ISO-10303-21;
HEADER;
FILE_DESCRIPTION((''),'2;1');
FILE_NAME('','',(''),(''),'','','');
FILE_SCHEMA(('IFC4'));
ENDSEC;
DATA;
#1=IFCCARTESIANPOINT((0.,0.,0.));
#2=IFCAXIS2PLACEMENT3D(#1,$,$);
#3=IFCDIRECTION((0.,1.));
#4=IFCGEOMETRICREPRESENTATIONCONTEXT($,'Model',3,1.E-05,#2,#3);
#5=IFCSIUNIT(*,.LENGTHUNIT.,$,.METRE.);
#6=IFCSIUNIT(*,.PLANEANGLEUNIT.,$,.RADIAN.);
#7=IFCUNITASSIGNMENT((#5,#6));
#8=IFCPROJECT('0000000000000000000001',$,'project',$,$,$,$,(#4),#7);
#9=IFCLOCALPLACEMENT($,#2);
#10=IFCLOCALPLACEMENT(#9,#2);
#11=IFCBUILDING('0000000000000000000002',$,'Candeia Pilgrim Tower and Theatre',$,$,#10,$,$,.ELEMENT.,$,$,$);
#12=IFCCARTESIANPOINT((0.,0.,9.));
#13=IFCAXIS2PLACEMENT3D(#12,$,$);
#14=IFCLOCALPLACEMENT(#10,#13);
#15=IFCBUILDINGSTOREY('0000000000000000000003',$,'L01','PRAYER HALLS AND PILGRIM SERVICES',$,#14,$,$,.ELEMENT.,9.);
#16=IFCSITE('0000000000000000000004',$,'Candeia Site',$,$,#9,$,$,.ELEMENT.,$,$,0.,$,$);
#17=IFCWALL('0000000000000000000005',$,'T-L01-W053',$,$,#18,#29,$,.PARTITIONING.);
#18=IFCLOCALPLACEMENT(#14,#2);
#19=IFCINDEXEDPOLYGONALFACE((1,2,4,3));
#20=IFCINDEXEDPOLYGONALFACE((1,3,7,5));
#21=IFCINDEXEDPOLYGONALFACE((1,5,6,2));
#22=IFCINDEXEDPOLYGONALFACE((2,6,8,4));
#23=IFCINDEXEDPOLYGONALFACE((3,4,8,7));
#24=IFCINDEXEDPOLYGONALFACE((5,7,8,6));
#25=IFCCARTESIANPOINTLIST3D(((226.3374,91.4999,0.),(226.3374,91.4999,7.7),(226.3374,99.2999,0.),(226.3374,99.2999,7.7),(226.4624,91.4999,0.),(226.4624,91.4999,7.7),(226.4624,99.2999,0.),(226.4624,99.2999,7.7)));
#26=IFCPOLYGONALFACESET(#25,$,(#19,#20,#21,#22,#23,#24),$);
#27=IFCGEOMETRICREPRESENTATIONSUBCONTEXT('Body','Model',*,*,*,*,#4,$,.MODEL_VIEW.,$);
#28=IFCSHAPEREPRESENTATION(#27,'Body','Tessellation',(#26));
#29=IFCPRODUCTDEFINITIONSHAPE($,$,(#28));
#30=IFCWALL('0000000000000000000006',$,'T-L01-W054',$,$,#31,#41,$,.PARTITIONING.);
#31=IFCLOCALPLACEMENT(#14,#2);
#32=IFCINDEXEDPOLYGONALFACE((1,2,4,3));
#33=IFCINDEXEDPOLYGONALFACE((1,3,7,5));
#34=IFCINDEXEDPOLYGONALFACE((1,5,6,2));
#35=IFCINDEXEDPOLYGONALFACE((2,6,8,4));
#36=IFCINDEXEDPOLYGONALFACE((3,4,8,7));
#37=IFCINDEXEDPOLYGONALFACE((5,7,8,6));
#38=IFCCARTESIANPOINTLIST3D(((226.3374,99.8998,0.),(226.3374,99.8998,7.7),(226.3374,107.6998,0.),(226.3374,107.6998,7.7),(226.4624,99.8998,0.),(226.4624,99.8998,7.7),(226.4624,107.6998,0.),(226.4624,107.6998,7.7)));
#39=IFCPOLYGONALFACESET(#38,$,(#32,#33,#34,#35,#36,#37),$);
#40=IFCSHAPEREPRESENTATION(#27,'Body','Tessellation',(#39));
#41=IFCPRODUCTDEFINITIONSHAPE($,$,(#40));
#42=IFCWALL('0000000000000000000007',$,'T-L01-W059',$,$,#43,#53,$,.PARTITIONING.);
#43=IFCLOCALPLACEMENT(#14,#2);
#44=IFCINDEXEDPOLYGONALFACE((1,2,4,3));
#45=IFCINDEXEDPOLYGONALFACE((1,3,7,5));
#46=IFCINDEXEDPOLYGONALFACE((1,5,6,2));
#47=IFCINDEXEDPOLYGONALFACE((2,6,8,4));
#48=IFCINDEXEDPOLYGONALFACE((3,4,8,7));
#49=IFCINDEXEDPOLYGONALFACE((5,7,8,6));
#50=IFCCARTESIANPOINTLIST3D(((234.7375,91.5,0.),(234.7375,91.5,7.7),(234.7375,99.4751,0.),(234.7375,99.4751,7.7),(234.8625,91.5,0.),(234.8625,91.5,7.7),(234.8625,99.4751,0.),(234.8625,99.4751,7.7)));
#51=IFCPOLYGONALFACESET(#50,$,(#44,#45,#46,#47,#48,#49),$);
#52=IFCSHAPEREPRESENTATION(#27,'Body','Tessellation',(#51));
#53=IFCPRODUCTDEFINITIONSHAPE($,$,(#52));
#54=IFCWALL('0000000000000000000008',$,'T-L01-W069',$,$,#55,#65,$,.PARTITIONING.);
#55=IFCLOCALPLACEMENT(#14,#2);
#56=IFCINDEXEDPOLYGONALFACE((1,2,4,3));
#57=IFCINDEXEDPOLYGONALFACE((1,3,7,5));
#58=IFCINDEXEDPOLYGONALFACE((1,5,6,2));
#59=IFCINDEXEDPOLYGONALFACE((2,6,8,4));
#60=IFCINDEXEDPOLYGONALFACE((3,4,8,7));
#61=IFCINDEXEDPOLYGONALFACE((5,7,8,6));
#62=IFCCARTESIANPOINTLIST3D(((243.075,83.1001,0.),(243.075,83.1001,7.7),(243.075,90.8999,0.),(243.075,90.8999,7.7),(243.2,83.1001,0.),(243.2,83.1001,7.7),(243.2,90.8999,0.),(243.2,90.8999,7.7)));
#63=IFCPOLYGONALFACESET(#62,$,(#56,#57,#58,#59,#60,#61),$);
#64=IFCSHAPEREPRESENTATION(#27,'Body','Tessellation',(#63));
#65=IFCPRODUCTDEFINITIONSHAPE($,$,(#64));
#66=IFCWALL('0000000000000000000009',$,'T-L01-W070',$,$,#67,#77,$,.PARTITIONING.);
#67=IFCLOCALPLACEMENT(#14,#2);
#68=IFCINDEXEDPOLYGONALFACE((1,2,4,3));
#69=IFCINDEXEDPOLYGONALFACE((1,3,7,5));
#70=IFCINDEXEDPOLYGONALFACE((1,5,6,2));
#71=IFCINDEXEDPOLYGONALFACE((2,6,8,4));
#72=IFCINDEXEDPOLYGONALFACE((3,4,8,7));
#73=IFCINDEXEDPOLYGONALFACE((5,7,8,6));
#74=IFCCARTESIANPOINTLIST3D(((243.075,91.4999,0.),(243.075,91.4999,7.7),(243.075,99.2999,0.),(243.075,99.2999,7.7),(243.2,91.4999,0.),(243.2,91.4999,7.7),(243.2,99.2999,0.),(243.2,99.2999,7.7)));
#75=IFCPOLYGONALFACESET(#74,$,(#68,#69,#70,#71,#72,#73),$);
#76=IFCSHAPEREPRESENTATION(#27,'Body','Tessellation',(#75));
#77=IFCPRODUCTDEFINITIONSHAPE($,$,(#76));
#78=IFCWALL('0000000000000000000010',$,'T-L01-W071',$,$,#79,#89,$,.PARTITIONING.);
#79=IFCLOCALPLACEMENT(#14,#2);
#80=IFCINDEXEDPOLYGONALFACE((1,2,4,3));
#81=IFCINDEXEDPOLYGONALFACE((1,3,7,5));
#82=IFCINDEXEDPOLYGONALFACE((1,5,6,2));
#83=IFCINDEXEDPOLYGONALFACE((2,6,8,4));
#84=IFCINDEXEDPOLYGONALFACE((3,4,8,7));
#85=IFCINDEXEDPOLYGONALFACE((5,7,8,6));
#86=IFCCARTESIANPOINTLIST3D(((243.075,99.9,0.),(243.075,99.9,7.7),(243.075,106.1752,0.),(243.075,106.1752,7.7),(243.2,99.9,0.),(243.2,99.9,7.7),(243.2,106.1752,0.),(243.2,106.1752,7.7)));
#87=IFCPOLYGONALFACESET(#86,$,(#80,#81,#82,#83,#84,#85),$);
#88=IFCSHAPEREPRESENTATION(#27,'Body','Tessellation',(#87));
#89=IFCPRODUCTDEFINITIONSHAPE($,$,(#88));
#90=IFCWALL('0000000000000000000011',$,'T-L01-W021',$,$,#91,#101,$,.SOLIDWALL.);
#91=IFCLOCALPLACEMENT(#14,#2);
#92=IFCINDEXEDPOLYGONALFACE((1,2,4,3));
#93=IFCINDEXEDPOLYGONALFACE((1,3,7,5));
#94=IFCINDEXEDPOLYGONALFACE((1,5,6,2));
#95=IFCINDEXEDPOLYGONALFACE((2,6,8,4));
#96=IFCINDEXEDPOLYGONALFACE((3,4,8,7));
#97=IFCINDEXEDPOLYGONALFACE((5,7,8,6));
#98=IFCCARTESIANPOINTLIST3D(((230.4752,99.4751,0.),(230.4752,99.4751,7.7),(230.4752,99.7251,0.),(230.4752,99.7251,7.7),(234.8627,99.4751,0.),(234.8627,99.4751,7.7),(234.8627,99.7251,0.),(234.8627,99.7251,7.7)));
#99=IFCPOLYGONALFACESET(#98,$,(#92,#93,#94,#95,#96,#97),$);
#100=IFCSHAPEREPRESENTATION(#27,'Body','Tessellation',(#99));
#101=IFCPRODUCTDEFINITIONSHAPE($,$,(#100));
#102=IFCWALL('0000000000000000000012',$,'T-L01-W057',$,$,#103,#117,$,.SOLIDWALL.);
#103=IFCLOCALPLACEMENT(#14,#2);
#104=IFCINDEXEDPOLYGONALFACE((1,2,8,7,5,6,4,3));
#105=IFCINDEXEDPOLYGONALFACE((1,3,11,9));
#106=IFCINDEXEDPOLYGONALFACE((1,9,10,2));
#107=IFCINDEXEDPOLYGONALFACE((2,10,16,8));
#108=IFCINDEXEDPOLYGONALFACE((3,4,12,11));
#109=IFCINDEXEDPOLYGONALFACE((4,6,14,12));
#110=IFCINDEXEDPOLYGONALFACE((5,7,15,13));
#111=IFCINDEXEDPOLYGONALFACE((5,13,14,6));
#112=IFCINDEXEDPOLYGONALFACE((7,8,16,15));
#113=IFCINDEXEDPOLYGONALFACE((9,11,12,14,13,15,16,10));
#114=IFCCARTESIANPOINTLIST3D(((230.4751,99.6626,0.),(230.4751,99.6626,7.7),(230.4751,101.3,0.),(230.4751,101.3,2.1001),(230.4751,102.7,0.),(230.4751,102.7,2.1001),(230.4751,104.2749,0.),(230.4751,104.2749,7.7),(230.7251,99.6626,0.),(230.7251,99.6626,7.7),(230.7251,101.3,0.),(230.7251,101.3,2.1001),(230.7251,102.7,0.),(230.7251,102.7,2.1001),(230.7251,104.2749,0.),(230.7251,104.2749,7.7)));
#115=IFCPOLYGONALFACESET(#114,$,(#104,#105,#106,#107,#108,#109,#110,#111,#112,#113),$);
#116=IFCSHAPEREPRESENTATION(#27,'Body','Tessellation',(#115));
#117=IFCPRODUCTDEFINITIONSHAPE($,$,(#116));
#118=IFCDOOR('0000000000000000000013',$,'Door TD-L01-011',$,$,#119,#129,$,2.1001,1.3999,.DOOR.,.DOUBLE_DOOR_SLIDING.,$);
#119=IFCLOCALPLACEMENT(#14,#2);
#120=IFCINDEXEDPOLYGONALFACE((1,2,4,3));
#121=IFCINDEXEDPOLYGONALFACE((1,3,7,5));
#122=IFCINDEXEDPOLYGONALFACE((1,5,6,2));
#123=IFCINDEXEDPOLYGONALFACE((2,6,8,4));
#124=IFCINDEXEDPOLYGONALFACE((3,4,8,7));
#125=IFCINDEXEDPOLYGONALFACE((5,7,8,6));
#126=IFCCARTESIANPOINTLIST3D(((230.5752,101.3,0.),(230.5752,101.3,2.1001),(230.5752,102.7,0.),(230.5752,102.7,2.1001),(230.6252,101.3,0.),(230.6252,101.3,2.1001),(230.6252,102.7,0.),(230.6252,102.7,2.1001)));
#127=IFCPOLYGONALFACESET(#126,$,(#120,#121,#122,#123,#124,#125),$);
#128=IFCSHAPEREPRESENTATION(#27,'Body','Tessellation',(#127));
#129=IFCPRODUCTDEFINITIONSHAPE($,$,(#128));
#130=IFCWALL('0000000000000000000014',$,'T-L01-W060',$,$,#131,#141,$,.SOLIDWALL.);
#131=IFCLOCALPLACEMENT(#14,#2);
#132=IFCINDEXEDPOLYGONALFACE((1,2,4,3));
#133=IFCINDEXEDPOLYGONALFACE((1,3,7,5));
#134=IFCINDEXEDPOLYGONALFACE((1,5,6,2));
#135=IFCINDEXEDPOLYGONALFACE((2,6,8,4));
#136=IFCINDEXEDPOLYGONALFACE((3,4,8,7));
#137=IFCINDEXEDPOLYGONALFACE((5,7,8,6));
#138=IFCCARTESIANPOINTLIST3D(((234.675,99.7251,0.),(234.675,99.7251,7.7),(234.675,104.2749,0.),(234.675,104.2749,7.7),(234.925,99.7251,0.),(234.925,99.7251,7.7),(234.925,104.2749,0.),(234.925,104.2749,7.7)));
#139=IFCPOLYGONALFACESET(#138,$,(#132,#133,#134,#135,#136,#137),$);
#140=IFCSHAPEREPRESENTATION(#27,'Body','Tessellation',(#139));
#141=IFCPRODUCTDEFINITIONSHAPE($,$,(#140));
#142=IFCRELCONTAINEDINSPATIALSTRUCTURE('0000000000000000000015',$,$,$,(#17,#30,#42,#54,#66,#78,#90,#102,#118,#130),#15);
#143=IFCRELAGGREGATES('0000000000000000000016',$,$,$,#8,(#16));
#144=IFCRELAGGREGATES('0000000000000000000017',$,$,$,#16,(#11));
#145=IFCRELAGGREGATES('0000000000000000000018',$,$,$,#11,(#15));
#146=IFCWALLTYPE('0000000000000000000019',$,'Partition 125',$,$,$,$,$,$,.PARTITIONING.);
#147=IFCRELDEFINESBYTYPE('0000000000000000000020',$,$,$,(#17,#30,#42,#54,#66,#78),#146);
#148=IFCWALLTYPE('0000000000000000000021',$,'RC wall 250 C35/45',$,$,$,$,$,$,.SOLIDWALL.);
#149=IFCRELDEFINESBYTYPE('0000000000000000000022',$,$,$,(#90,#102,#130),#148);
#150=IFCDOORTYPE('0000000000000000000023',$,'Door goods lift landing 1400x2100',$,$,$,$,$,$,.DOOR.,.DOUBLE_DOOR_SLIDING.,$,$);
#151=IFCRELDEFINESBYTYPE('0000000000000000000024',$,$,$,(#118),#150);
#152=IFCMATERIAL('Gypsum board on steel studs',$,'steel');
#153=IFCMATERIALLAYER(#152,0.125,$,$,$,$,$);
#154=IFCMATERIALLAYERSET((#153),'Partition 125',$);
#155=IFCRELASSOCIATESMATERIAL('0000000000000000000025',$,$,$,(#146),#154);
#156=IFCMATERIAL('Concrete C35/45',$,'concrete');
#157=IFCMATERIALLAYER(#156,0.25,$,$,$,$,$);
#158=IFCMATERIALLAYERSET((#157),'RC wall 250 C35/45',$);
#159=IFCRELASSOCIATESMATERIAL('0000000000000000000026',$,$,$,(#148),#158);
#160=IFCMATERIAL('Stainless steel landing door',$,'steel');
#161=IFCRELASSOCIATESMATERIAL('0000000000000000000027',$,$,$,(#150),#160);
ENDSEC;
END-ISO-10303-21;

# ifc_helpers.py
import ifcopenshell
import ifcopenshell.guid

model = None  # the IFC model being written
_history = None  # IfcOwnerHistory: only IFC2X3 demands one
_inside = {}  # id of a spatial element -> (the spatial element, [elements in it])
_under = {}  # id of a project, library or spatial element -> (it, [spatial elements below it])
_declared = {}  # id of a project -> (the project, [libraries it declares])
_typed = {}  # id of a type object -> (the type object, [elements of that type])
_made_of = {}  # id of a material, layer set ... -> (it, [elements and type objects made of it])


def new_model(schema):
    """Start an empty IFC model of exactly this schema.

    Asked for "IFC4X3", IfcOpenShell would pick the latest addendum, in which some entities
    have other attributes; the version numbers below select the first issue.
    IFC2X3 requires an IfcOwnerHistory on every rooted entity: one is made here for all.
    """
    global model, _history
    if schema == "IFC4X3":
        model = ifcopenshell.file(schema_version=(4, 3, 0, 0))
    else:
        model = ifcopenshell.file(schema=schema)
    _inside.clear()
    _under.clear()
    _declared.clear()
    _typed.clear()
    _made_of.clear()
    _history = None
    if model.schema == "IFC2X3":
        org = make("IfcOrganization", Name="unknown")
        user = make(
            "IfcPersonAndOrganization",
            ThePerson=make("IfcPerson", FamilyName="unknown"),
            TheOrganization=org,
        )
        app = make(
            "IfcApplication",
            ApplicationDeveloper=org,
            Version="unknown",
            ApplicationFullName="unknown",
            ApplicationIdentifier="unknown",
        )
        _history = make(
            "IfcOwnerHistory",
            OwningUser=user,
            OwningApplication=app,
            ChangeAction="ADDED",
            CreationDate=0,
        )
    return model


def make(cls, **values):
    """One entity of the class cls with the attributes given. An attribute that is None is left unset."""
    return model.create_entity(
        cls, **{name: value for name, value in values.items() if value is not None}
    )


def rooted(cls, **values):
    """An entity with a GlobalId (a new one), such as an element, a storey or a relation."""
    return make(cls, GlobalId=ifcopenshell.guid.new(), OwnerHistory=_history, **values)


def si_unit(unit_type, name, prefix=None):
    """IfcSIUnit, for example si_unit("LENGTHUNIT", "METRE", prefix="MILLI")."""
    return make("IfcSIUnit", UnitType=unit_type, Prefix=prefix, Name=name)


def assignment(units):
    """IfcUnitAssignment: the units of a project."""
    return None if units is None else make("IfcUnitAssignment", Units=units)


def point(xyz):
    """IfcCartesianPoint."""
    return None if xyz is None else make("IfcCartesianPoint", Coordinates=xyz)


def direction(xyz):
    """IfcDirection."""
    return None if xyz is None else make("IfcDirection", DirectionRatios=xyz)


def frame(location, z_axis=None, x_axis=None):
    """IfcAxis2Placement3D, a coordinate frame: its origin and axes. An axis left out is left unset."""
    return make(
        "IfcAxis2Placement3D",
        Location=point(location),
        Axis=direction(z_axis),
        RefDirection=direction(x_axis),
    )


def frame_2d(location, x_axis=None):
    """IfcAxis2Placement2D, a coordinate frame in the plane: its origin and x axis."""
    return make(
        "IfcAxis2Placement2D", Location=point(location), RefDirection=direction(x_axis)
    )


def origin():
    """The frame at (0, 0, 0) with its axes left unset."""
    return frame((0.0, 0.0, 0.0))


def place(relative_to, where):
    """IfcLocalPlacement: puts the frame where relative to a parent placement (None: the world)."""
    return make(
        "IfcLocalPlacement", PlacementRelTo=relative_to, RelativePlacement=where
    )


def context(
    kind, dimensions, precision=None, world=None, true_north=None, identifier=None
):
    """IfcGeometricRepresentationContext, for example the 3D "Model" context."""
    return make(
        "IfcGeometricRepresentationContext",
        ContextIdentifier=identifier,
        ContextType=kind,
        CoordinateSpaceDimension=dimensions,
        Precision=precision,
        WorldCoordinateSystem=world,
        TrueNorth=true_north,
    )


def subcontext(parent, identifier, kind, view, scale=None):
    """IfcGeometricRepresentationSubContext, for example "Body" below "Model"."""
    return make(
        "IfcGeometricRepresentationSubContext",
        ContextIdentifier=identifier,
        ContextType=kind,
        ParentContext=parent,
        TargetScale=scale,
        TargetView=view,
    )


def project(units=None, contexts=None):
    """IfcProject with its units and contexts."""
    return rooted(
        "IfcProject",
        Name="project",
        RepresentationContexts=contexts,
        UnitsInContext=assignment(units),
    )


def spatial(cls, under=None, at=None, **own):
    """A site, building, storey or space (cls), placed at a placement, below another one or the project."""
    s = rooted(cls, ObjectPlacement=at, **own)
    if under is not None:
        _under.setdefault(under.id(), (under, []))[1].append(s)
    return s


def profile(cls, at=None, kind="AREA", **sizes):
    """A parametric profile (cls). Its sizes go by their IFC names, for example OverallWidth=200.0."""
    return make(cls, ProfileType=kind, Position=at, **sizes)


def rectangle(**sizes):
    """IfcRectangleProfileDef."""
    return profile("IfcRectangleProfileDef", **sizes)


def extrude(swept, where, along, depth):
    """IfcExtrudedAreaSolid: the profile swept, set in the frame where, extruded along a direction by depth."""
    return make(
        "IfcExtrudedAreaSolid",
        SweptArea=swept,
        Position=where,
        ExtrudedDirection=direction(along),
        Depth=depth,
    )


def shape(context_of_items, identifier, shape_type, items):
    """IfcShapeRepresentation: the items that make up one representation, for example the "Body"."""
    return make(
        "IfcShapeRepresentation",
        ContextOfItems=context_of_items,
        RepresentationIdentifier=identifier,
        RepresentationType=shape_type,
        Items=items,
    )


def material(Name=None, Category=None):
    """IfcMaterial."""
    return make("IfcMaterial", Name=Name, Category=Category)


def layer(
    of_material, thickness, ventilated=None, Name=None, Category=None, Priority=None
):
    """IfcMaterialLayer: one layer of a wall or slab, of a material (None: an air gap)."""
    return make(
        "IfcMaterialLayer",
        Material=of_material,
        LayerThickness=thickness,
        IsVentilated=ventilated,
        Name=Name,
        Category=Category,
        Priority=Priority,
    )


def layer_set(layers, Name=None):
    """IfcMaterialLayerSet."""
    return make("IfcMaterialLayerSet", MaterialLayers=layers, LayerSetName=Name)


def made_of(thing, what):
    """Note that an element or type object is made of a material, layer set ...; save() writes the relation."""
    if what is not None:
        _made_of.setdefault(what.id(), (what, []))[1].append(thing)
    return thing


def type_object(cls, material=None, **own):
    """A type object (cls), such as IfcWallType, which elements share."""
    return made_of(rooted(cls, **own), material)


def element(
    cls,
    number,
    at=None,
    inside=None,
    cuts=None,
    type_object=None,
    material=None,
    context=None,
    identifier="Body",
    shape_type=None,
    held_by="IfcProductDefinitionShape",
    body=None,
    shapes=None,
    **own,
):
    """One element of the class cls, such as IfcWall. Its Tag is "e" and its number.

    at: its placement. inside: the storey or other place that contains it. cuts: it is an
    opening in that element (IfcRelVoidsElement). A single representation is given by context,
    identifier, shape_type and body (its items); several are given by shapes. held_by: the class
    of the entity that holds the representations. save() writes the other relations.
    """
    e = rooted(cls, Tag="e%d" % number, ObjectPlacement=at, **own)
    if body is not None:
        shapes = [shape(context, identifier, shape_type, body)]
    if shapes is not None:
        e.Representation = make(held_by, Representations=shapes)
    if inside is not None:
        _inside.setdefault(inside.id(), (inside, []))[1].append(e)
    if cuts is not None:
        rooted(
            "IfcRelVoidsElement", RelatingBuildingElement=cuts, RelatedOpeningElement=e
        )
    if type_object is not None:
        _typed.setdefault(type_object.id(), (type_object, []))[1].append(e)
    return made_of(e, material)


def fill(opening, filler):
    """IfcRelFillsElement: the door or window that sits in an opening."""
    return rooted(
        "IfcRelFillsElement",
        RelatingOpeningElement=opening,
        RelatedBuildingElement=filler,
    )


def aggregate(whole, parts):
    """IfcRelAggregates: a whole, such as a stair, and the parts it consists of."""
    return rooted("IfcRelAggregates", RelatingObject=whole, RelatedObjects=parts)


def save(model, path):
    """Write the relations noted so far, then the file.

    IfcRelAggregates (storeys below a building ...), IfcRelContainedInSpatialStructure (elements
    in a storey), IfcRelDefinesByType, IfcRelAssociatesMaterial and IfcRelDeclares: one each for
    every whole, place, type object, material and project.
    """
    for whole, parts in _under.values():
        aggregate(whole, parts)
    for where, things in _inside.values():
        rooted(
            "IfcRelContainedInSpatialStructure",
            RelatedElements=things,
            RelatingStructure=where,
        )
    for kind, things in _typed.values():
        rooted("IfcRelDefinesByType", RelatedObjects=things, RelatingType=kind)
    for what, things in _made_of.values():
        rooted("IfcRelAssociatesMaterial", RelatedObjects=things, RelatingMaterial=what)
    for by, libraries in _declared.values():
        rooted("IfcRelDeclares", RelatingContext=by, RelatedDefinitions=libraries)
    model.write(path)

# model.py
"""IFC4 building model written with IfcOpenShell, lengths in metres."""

from ifc_helpers import new_model, si_unit, direction, frame, frame_2d, origin, place, context, subcontext, project, spatial, rectangle, extrude, material, layer, layer_set, type_object, element, fill, save


model = new_model("IFC4")

# Units and contexts
model_context = context("Model", 3, precision=1e-05, world=origin(), true_north=direction((0.0, 1.0)))
body_context = subcontext(model_context, "Body", "Model", "MODEL_VIEW")
ifc_project = project(units=[si_unit("LENGTHUNIT", "METRE"), si_unit("PLANEANGLEUNIT", "RADIAN")], contexts=[model_context])

# Site, building, storey
site_placement = place(None, origin())
site = spatial("IfcSite", under=ifc_project, at=site_placement, Name="Candeia Site", CompositionType="ELEMENT", RefElevation=0.0)
building_placement = place(site_placement, origin())
building = spatial("IfcBuilding", under=site, at=building_placement, Name="Candeia Pilgrim Tower and Theatre", CompositionType="ELEMENT")
storey_placement = place(building_placement, frame((0.0, 0.0, 9.0)))
storey = spatial("IfcBuildingStorey", under=building, at=storey_placement, Name="L01", Description="PRAYER HALLS AND PILGRIM SERVICES", CompositionType="ELEMENT", Elevation=9.0)

# Shared definitions
ifc_material_1 = material(Name="Gypsum board on steel studs", Category="steel")
ifc_layer_1 = layer(ifc_material_1, 0.125)
ifc_layer_set_1 = layer_set([ifc_layer_1], Name="Partition 125")
wall_type_1 = type_object("IfcWallType", Name="Partition 125", PredefinedType="PARTITIONING", material=ifc_layer_set_1)

# Walls
for number, where, z_axis, x_axis, name in (
    (1, (226.3999, 91.5, 0.0), (0.0, 0.0, 1.0), (0.0, 1.0, 0.0), "T-L01-W053"),
    (2, (226.3999, 99.8999, 0.0), (0.0, 0.0, 1.0), (0.0, 1.0, 0.0), "T-L01-W054"),
):
    element("IfcWall", number, at=place(storey_placement, frame(where, z_axis=z_axis, x_axis=x_axis)), inside=storey, type_object=wall_type_1, Name=name, PredefinedType="PARTITIONING", context=body_context, shape_type="SweptSolid", body=[
        extrude(rectangle(XDim=7.8, YDim=0.125, at=frame_2d((3.8999, 0.0))), origin(), (0.0, 0.0, 1.0), 7.7),
    ])
wall_1_placement = place(storey_placement, frame((234.8, 91.5, 0.0), z_axis=(0.0, 0.0, 1.0), x_axis=(0.0, 1.0, 0.0)))
element("IfcWall", 3, at=wall_1_placement, inside=storey, type_object=wall_type_1, Name="T-L01-W059", PredefinedType="PARTITIONING", context=body_context, shape_type="SweptSolid", body=[
    extrude(rectangle(XDim=7.9751, YDim=0.125, at=frame_2d((3.9875, 0.0))), origin(), (0.0, 0.0, 1.0), 7.7),
])
wall_2_placement = place(storey_placement, frame((243.1375, 83.1001, 0.0), z_axis=(0.0, 0.0, 1.0), x_axis=(0.0, 1.0, 0.0)))
element("IfcWall", 4, at=wall_2_placement, inside=storey, type_object=wall_type_1, Name="T-L01-W069", PredefinedType="PARTITIONING", context=body_context, shape_type="SweptSolid", body=[
    extrude(rectangle(XDim=7.7998, YDim=0.125, at=frame_2d((3.8999, 0.0))), origin(), (0.0, 0.0, 1.0), 7.7),
])
wall_3_placement = place(storey_placement, frame((243.1375, 91.5, 0.0), z_axis=(0.0, 0.0, 1.0), x_axis=(0.0, 1.0, 0.0)))
element("IfcWall", 5, at=wall_3_placement, inside=storey, type_object=wall_type_1, Name="T-L01-W070", PredefinedType="PARTITIONING", context=body_context, shape_type="SweptSolid", body=[
    extrude(rectangle(XDim=7.8, YDim=0.125, at=frame_2d((3.8999, 0.0))), origin(), (0.0, 0.0, 1.0), 7.7),
])
wall_4_placement = place(storey_placement, frame((243.1375, 99.8999, 0.0), z_axis=(0.0, 0.0, 1.0), x_axis=(0.0, 1.0, 0.0)))
element("IfcWall", 6, at=wall_4_placement, inside=storey, type_object=wall_type_1, Name="T-L01-W071", PredefinedType="PARTITIONING", context=body_context, shape_type="SweptSolid", body=[
    extrude(rectangle(XDim=6.2751, YDim=0.125, at=frame_2d((3.1377, 0.0))), origin(), (0.0, 0.0, 1.0), 7.7),
])
ifc_material_2 = material(Name="Concrete C35/45", Category="concrete")
ifc_layer_2 = layer(ifc_material_2, 0.25)
ifc_layer_set_2 = layer_set([ifc_layer_2], Name="RC wall 250 C35/45")
wall_type_2 = type_object("IfcWallType", Name="RC wall 250 C35/45", PredefinedType="SOLIDWALL", material=ifc_layer_set_2)
wall_5_placement = place(storey_placement, frame((230.4751, 99.6001, 0.0), z_axis=(0.0, 0.0, 1.0), x_axis=(1.0, 0.0, 0.0)))
element("IfcWall", 7, at=wall_5_placement, inside=storey, type_object=wall_type_2, Name="T-L01-W021", PredefinedType="SOLIDWALL", context=body_context, shape_type="SweptSolid", body=[
    extrude(rectangle(XDim=4.3875, YDim=0.25, at=frame_2d((2.1938, 0.0))), origin(), (0.0, 0.0, 1.0), 7.7),
])

# Wall, opening, door
wall_6_placement = place(storey_placement, frame((230.6001, 99.6626, 0.0), z_axis=(0.0, 0.0, 1.0), x_axis=(0.0, 1.0, 0.0)))
wall_6 = element("IfcWall", 8, at=wall_6_placement, inside=storey, type_object=wall_type_2, Name="T-L01-W057", PredefinedType="SOLIDWALL", context=body_context, shape_type="SweptSolid", body=[
    extrude(rectangle(XDim=4.6123, YDim=0.25, at=frame_2d((2.3062, 0.0))), origin(), (0.0, 0.0, 1.0), 7.7),
])
opening_1_placement = place(wall_6_placement, frame((1.6375, 0.0, 0.0)))
opening_1 = element("IfcOpeningElement", 9, at=opening_1_placement, cuts=wall_6, PredefinedType="OPENING", context=body_context, shape_type="SweptSolid", body=[
    extrude(rectangle(XDim=1.3999, YDim=2.1001, at=frame_2d((0.7, 1.05))), frame((0.0, 0.135, 0.0), z_axis=(0.0, -1.0, 0.0), x_axis=(1.0, 0.0, 0.0)), (0.0, 0.0, 1.0), 0.27),
])
ifc_material_3 = material(Name="Stainless steel landing door", Category="steel")
door_type_1 = type_object("IfcDoorType", Name="Door goods lift landing 1400x2100", OperationType="DOUBLE_DOOR_SLIDING", PredefinedType="DOOR", material=ifc_material_3)
door_1_placement = place(opening_1_placement, origin())
door_1 = element("IfcDoor", 10, at=door_1_placement, inside=storey, type_object=door_type_1, Name="Door TD-L01-011", OperationType="DOUBLE_DOOR_SLIDING", OverallHeight=2.1001, OverallWidth=1.3999, PredefinedType="DOOR", context=body_context, shape_type="SweptSolid", body=[
    extrude(rectangle(XDim=1.3999, YDim=2.1001, at=frame_2d((0.7, 1.05))), frame((0.0, 0.0249, 0.0), z_axis=(0.0, -1.0, 0.0), x_axis=(1.0, 0.0, 0.0)), (0.0, 0.0, 1.0), 0.05),
])
fill(opening_1, door_1)

# Wall
wall_7_placement = place(storey_placement, frame((234.8, 99.7251, 0.0), z_axis=(0.0, 0.0, 1.0), x_axis=(0.0, 1.0, 0.0)))
element("IfcWall", 11, at=wall_7_placement, inside=storey, type_object=wall_type_2, Name="T-L01-W060", PredefinedType="SOLIDWALL", context=body_context, shape_type="SweptSolid", body=[
    extrude(rectangle(XDim=4.5498, YDim=0.25, at=frame_2d((2.2749, 0.0))), origin(), (0.0, 0.0, 1.0), 7.7),
])

save(model, "model.ifc")
